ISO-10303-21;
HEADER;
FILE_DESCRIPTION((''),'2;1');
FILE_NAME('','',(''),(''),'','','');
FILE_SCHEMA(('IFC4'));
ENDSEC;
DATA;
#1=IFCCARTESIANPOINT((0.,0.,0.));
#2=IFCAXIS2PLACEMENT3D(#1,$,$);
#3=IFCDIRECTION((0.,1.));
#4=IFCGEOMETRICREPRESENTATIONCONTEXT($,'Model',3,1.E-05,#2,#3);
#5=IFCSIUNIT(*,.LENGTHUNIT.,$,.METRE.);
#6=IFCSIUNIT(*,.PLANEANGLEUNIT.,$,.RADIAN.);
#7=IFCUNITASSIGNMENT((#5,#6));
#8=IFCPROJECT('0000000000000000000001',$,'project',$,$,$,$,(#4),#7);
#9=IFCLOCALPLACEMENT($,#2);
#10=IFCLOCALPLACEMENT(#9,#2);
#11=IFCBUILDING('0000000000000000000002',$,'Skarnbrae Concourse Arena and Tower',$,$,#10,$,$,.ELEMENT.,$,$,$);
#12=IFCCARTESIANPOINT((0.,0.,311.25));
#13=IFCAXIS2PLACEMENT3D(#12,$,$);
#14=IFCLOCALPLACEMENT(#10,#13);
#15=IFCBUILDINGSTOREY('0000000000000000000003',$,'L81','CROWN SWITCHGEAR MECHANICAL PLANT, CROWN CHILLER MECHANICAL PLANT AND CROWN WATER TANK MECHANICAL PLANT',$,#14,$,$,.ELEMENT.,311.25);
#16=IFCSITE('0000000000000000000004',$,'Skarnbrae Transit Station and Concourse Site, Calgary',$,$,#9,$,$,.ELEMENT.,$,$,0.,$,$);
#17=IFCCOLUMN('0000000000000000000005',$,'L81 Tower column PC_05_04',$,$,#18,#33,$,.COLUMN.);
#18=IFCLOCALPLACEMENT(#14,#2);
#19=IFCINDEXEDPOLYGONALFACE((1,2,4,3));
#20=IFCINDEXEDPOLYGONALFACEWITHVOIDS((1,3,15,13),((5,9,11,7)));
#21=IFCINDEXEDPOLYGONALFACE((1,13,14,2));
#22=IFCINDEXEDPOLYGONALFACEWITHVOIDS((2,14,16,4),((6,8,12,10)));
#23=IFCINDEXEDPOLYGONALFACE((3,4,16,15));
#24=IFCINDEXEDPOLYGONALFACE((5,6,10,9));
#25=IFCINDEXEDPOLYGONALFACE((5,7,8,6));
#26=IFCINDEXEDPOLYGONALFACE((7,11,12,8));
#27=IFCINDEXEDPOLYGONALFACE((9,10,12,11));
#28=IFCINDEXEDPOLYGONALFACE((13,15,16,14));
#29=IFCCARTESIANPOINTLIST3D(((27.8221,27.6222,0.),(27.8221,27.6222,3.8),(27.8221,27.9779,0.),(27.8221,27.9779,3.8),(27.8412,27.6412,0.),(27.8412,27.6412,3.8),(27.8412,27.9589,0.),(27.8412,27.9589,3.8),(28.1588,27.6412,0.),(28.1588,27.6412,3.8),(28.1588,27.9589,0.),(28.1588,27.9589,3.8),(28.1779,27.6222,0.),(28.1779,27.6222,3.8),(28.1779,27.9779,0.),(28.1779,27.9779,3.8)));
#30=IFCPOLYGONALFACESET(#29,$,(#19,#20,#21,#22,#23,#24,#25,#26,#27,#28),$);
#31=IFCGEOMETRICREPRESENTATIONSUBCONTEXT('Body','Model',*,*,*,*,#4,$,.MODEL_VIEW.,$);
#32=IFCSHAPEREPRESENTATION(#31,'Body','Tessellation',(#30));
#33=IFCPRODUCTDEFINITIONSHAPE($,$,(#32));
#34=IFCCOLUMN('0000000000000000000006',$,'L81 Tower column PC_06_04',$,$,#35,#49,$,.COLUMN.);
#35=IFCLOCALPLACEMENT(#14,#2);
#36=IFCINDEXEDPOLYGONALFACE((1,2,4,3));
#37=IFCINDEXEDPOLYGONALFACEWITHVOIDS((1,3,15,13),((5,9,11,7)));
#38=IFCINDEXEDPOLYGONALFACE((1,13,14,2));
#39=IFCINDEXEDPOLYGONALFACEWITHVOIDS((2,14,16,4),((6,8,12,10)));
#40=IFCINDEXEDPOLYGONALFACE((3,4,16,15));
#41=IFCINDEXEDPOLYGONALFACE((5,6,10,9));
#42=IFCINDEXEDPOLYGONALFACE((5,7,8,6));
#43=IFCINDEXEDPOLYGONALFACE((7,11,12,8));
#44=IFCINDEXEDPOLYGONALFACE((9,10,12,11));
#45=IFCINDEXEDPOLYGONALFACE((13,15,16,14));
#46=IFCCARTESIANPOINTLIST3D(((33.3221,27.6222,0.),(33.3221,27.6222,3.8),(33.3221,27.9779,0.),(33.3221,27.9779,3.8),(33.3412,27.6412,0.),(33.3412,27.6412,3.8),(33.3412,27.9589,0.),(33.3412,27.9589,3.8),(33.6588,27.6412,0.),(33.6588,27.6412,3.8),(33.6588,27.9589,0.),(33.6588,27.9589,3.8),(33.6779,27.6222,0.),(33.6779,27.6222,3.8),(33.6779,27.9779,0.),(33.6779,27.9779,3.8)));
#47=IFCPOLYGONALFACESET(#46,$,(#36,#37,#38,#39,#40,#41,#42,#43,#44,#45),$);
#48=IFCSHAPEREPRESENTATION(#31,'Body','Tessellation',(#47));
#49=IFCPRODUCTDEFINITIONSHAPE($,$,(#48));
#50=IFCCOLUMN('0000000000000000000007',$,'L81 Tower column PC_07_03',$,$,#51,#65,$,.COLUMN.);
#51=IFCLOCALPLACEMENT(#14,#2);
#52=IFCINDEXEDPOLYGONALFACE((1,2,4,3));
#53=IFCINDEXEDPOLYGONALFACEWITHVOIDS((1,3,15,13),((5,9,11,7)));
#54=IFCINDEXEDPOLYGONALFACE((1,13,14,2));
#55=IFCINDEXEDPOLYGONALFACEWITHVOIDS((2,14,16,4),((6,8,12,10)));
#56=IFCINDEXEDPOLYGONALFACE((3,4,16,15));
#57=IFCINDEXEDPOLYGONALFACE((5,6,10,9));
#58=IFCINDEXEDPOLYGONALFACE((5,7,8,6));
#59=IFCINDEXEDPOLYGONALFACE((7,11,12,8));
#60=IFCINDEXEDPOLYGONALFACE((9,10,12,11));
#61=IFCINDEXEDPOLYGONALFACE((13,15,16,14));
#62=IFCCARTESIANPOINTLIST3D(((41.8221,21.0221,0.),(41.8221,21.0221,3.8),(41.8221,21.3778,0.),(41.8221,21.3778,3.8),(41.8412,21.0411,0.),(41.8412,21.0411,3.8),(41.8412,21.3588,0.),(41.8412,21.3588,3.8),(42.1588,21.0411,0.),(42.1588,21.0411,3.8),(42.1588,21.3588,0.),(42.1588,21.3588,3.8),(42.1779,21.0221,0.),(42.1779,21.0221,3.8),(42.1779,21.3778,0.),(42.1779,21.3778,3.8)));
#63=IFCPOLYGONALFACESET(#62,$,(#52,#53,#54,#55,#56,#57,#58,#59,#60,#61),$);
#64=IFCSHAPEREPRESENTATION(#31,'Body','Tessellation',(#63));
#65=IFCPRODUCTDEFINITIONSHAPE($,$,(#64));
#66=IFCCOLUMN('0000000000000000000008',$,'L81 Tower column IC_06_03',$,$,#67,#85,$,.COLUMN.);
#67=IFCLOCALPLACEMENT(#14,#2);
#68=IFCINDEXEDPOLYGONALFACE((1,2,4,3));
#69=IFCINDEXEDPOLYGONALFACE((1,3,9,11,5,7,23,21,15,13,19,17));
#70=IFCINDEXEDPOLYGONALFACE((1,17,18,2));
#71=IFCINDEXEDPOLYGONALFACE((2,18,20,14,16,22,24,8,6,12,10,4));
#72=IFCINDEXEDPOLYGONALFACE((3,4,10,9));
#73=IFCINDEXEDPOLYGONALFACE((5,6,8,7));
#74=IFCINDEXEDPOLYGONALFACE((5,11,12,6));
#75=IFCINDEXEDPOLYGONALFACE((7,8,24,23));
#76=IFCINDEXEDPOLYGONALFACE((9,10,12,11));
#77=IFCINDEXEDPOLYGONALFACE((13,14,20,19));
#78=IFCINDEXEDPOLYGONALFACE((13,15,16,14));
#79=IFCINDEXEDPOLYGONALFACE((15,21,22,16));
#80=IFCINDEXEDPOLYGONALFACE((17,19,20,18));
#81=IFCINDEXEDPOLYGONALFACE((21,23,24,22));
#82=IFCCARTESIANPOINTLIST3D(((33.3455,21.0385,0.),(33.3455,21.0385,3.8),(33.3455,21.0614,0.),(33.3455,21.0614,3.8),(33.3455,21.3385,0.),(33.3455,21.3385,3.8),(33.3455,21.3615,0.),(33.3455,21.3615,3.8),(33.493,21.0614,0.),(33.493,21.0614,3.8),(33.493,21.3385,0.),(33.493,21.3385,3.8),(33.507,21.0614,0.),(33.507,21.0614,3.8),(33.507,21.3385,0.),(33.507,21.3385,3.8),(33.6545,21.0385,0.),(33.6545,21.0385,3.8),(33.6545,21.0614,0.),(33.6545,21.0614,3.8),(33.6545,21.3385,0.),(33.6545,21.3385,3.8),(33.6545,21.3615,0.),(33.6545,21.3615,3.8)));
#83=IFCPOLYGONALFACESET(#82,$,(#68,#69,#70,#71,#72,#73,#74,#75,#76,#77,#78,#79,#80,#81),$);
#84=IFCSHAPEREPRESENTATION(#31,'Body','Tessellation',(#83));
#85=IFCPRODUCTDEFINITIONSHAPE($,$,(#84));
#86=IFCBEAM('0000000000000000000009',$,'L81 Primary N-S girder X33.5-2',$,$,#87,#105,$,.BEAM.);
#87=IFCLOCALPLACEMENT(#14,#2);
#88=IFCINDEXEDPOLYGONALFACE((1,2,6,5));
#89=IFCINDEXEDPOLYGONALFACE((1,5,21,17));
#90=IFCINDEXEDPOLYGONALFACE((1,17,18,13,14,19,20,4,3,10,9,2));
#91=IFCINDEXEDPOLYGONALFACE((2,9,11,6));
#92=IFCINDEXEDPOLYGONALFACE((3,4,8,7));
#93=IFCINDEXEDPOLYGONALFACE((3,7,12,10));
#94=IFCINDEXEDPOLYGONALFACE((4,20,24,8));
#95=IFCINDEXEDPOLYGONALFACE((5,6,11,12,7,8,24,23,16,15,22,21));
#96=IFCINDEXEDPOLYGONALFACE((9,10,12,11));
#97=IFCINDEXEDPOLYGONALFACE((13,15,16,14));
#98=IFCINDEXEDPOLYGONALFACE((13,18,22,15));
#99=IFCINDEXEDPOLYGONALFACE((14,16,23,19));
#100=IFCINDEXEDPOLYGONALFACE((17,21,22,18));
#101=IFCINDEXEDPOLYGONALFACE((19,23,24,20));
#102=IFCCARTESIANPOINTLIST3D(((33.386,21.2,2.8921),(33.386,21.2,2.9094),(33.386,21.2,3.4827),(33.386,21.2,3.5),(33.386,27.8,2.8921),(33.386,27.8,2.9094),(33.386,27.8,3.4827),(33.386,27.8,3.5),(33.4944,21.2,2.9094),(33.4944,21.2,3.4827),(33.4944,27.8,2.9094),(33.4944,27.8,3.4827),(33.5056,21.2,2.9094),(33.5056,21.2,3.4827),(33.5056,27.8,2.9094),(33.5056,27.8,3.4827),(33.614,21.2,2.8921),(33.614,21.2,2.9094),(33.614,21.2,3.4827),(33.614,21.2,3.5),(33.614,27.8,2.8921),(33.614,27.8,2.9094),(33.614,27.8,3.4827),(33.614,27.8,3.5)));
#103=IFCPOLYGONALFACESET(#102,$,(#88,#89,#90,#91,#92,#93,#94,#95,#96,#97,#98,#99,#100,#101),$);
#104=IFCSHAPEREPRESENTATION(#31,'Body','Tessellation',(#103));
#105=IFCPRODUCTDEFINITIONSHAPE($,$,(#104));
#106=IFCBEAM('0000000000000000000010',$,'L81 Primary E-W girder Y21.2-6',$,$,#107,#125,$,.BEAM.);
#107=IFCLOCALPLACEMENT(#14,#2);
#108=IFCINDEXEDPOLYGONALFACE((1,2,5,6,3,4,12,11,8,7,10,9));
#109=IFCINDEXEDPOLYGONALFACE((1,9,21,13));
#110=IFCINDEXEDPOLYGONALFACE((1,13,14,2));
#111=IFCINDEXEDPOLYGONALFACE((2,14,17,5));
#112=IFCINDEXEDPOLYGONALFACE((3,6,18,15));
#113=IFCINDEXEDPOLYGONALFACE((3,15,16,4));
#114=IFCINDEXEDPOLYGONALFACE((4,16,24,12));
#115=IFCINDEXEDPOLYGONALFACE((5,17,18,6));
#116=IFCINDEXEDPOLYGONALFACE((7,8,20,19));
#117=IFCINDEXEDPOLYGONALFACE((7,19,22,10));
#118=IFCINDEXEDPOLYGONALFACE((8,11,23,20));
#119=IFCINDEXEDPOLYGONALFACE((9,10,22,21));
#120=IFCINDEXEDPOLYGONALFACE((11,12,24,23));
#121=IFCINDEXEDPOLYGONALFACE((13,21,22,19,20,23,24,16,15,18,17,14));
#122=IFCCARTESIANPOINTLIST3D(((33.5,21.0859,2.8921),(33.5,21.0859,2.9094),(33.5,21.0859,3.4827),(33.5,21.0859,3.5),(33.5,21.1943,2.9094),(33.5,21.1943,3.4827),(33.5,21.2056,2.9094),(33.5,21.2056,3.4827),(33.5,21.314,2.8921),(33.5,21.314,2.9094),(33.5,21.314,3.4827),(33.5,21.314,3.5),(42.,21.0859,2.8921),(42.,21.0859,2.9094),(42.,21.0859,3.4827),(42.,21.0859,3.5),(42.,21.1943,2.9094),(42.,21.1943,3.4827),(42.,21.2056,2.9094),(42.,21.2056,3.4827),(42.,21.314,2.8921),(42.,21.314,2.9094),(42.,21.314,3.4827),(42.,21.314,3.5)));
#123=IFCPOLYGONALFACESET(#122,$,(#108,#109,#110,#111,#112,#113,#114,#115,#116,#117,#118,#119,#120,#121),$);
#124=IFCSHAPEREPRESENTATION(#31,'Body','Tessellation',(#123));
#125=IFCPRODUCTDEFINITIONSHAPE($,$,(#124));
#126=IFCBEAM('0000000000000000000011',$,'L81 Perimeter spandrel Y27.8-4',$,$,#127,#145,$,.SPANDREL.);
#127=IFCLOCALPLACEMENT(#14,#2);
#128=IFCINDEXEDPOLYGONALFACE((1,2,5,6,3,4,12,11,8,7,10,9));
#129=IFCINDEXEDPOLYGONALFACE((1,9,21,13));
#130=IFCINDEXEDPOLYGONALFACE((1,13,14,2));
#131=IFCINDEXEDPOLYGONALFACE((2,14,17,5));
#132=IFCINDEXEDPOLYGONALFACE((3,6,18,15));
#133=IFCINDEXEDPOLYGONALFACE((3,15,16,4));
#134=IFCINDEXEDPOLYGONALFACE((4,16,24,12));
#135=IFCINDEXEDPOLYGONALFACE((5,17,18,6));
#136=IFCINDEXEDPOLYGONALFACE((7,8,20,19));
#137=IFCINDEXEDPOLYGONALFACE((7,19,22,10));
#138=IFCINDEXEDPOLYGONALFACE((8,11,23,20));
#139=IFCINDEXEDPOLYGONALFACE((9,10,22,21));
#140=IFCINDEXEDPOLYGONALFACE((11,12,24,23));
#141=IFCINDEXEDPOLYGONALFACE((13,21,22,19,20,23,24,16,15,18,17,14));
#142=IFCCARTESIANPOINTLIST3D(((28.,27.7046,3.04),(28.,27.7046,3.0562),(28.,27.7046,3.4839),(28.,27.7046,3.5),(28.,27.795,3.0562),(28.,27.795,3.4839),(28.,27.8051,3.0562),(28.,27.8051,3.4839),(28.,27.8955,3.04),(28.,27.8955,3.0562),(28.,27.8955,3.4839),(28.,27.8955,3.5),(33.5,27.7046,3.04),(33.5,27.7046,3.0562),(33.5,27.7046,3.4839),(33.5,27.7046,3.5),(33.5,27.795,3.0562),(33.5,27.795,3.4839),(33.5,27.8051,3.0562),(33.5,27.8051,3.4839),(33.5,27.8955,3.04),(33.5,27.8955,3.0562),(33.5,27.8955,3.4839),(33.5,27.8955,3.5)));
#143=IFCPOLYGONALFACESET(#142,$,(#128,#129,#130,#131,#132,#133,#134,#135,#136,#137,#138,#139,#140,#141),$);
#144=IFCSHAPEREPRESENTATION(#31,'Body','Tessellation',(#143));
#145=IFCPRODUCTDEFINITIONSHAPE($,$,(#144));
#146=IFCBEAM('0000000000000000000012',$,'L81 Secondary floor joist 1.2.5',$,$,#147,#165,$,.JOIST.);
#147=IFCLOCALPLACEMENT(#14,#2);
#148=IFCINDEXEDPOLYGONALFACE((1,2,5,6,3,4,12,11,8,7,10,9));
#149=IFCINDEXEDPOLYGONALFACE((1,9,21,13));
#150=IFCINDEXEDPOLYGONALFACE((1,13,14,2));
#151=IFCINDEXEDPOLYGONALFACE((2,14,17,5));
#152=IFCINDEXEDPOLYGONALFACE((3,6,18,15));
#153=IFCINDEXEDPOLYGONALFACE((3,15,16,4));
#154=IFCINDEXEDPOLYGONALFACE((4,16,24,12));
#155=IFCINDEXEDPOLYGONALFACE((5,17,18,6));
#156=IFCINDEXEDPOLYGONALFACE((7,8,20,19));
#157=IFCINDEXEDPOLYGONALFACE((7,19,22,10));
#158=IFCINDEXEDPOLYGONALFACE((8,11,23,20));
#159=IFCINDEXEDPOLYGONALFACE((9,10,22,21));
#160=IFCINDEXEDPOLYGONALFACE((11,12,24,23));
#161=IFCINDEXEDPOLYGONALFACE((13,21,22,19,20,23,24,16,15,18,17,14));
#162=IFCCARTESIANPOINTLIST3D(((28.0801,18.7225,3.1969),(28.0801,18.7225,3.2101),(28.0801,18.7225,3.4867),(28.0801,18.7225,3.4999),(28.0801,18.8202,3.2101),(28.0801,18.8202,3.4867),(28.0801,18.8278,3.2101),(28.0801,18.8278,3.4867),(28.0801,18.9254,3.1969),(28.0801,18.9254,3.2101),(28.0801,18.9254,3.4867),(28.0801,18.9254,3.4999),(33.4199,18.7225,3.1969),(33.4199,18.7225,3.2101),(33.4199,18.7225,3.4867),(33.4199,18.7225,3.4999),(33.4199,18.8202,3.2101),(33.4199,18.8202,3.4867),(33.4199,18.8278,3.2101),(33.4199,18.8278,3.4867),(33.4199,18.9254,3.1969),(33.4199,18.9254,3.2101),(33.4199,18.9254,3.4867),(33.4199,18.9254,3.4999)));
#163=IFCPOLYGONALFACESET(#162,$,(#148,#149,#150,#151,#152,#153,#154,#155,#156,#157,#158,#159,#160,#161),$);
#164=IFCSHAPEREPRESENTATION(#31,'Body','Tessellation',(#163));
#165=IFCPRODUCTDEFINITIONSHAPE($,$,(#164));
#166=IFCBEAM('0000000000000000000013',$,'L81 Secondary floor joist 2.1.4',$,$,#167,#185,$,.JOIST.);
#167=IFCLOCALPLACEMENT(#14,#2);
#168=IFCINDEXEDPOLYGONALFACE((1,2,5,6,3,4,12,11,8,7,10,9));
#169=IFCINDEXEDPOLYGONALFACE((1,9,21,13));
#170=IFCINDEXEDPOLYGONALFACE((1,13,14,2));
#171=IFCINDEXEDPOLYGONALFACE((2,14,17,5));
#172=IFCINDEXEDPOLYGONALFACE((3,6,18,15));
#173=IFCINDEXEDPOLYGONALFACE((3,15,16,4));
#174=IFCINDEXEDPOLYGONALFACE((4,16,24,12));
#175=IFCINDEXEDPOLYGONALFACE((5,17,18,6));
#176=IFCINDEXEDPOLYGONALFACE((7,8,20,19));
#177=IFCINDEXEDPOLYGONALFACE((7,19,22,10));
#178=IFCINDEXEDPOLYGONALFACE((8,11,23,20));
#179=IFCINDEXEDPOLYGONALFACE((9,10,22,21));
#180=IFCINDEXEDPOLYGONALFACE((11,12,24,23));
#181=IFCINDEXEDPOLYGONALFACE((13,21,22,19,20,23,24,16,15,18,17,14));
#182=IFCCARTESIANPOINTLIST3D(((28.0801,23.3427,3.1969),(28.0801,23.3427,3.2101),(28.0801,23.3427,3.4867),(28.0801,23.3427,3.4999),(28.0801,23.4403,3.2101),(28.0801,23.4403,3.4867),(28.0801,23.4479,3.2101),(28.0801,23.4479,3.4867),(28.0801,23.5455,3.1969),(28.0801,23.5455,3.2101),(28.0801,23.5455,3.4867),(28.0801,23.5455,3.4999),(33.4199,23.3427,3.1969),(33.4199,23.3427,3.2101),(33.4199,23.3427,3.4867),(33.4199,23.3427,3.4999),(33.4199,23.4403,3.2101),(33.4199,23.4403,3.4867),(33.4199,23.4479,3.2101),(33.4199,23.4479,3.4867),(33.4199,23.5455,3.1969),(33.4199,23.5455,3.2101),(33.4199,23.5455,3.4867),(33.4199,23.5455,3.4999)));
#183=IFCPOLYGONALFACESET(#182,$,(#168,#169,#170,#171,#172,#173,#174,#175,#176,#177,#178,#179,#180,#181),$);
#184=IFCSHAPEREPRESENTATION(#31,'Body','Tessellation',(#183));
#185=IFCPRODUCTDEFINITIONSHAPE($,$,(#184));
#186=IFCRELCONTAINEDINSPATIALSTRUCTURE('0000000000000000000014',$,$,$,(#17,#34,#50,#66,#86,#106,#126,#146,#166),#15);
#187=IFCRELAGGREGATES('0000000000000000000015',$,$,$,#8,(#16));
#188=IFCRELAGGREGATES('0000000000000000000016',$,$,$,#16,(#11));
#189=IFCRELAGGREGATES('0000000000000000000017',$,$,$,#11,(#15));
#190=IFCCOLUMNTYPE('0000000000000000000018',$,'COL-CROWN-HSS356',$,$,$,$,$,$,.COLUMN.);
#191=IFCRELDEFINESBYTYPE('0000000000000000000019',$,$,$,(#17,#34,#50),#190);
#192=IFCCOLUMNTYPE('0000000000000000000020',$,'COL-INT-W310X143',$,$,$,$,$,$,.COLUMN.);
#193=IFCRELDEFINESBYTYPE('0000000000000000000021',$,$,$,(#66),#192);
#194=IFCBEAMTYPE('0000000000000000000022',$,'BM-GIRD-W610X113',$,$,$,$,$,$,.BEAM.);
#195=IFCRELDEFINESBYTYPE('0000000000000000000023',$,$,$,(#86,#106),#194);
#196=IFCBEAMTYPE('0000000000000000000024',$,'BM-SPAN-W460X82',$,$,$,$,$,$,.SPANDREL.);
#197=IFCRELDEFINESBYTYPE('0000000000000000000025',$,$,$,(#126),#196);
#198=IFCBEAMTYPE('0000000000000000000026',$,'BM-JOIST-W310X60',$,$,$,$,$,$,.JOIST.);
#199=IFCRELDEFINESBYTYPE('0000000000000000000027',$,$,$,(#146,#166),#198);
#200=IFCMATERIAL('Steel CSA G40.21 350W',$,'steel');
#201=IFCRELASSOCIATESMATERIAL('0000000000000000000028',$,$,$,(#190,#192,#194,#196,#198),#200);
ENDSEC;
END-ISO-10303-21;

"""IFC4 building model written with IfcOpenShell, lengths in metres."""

from ifc_helpers import new_model, si_unit, direction, frame, origin, origin_2d, place, context, subcontext, project, spatial, hollow_rectangle, i_section, extrude, source, transform, mapped, material, material_profile, profile_set, type_object, element, save


model = new_model("IFC4")

# Units and contexts
model_context = context("Model", 3, precision=1e-05, world=origin(), true_north=direction((0.0, 1.0)))
body_context = subcontext(model_context, "Body", "Model", "MODEL_VIEW")
ifc_project = project(units=[si_unit("LENGTHUNIT", "METRE"), si_unit("PLANEANGLEUNIT", "RADIAN")], contexts=[model_context])

# Site, building, storey
site_placement = place(None, origin())
site = spatial("IfcSite", under=ifc_project, at=site_placement, Name="Skarnbrae Transit Station and Concourse Site, Calgary", CompositionType="ELEMENT", RefElevation=0.0)
building_placement = place(site_placement, origin())
building = spatial("IfcBuilding", under=site, at=building_placement, Name="Skarnbrae Concourse Arena and Tower", CompositionType="ELEMENT")
storey_placement = place(building_placement, frame((0.0, 0.0, 311.25)))
storey = spatial("IfcBuildingStorey", under=building, at=storey_placement, Name="L81", Description="CROWN SWITCHGEAR MECHANICAL PLANT, CROWN CHILLER MECHANICAL PLANT AND CROWN WATER TANK MECHANICAL PLANT", CompositionType="ELEMENT", Elevation=311.25)

# Columns
ifc_material_1 = material(Name="Steel CSA G40.21 350W", Category="steel")
ifc_material_profile_1 = material_profile(ifc_material_1, hollow_rectangle(XDim=0.3557, YDim=0.3557, WallThickness=0.019, at=origin_2d()), Name="HSS356X356X19.0")
ifc_profile_set_1 = profile_set([ifc_material_profile_1], Name="Steel CSA G40.21 350W")
column_type_1 = type_object("IfcColumnType", Name="COL-CROWN-HSS356", PredefinedType="COLUMN", material=ifc_profile_set_1)
shared_shape_1 = source(origin(), body_context, "Body", "SweptSolid", [
    extrude(hollow_rectangle(XDim=0.3557, YDim=0.3557, WallThickness=0.019, at=origin_2d()), origin(), (0.0, 0.0, 1.0), 3.8),
])
for number, where, z_axis, x_axis, name in (
    (1, (28.0, 27.8, 0.0), (0.0, 0.0, 1.0), (1.0, 0.0, 0.0), "L81 Tower column PC_05_04"),
    (2, (33.5, 27.8, 0.0), (0.0, 0.0, 1.0), (1.0, 0.0, 0.0), "L81 Tower column PC_06_04"),
    (3, (42.0, 21.2, 0.0), (0.0, 0.0, 1.0), (1.0, 0.0, 0.0), "L81 Tower column PC_07_03"),
):
    element("IfcColumn", number, at=place(storey_placement, frame(where, z_axis=z_axis, x_axis=x_axis)), inside=storey, type_object=column_type_1, Name=name, PredefinedType="COLUMN", context=body_context, shape_type="MappedRepresentation", body=[
        mapped(shared_shape_1, transform((0.0, 0.0, 0.0))),
    ])
ifc_material_profile_2 = material_profile(ifc_material_1, i_section(OverallWidth=0.3091, OverallDepth=0.323, WebThickness=0.0139, FlangeThickness=0.0229, at=origin_2d()), Name="W310X143")
ifc_profile_set_2 = profile_set([ifc_material_profile_2], Name="Steel CSA G40.21 350W")
column_type_2 = type_object("IfcColumnType", Name="COL-INT-W310X143", PredefinedType="COLUMN", material=ifc_profile_set_2)
shared_shape_2 = source(origin(), body_context, "Body", "SweptSolid", [
    extrude(i_section(OverallWidth=0.3091, OverallDepth=0.323, WebThickness=0.0139, FlangeThickness=0.0229, at=origin_2d()), origin(), (0.0, 0.0, 1.0), 3.8),
])
column_placement = place(storey_placement, frame((33.5, 21.2, 0.0), z_axis=(0.0, 0.0, 1.0), x_axis=(1.0, 0.0, 0.0)))
element("IfcColumn", 4, at=column_placement, inside=storey, type_object=column_type_2, Name="L81 Tower column IC_06_03", PredefinedType="COLUMN", context=body_context, shape_type="MappedRepresentation", body=[
    mapped(shared_shape_2, transform((0.0, 0.0, 0.0))),
])

# Beams
ifc_material_profile_3 = material_profile(ifc_material_1, i_section(OverallWidth=0.228, OverallDepth=0.6079, WebThickness=0.0112, FlangeThickness=0.0173, at=origin_2d()), Name="W610X113")
ifc_profile_set_3 = profile_set([ifc_material_profile_3], Name="Steel CSA G40.21 350W")
beam_type_1 = type_object("IfcBeamType", Name="BM-GIRD-W610X113", PredefinedType="BEAM", material=ifc_profile_set_3)
shared_shape_3 = source(origin(), body_context, "Body", "SweptSolid", [
    extrude(i_section(OverallWidth=0.228, OverallDepth=0.6079, WebThickness=0.0112, FlangeThickness=0.0173, at=origin_2d()), origin(), (0.0, 0.0, 1.0), 6.6001),
])
beam_1_placement = place(storey_placement, frame((33.5, 21.2, 3.196), z_axis=(0.0, 1.0, 0.0), x_axis=(-1.0, 0.0, 0.0)))
element("IfcBeam", 5, at=beam_1_placement, inside=storey, type_object=beam_type_1, Name="L81 Primary N-S girder X33.5-2", PredefinedType="BEAM", context=body_context, shape_type="MappedRepresentation", body=[
    mapped(shared_shape_3, transform((0.0, 0.0, 0.0))),
])
shared_shape_4 = source(origin(), body_context, "Body", "SweptSolid", [
    extrude(i_section(OverallWidth=0.228, OverallDepth=0.6079, WebThickness=0.0112, FlangeThickness=0.0173, at=origin_2d()), origin(), (0.0, 0.0, 1.0), 8.5),
])
beam_2_placement = place(storey_placement, frame((33.5, 21.2, 3.196), z_axis=(1.0, 0.0, 0.0), x_axis=(0.0, 1.0, 0.0)))
element("IfcBeam", 6, at=beam_2_placement, inside=storey, type_object=beam_type_1, Name="L81 Primary E-W girder Y21.2-6", PredefinedType="BEAM", context=body_context, shape_type="MappedRepresentation", body=[
    mapped(shared_shape_4, transform((0.0, 0.0, 0.0))),
])
ifc_material_profile_4 = material_profile(ifc_material_1, i_section(OverallWidth=0.1909, OverallDepth=0.46, WebThickness=0.01, FlangeThickness=0.0161, at=origin_2d()), Name="W460X82")
ifc_profile_set_4 = profile_set([ifc_material_profile_4], Name="Steel CSA G40.21 350W")
beam_type_2 = type_object("IfcBeamType", Name="BM-SPAN-W460X82", PredefinedType="SPANDREL", material=ifc_profile_set_4)
shared_shape_5 = source(origin(), body_context, "Body", "SweptSolid", [
    extrude(i_section(OverallWidth=0.1909, OverallDepth=0.46, WebThickness=0.01, FlangeThickness=0.0161, at=origin_2d()), origin(), (0.0, 0.0, 1.0), 5.5),
])
beam_3_placement = place(storey_placement, frame((28.0, 27.8, 3.27), z_axis=(1.0, 0.0, 0.0), x_axis=(0.0, 1.0, 0.0)))
element("IfcBeam", 7, at=beam_3_placement, inside=storey, type_object=beam_type_2, Name="L81 Perimeter spandrel Y27.8-4", PredefinedType="SPANDREL", context=body_context, shape_type="MappedRepresentation", body=[
    mapped(shared_shape_5, transform((0.0, 0.0, 0.0))),
])
ifc_material_profile_5 = material_profile(ifc_material_1, i_section(OverallWidth=0.2029, OverallDepth=0.303, WebThickness=0.0076, FlangeThickness=0.0132, at=origin_2d()), Name="W310X60")
ifc_profile_set_5 = profile_set([ifc_material_profile_5], Name="Steel CSA G40.21 350W")
beam_type_3 = type_object("IfcBeamType", Name="BM-JOIST-W310X60", PredefinedType="JOIST", material=ifc_profile_set_5)
shared_shape_6 = source(origin(), body_context, "Body", "SweptSolid", [
    extrude(i_section(OverallWidth=0.2029, OverallDepth=0.303, WebThickness=0.0076, FlangeThickness=0.0132, at=origin_2d()), origin(), (0.0, 0.0, 1.0), 5.3398),
])
for number, where, z_axis, x_axis, name in (
    (8, (28.0801, 18.824, 3.3484), (1.0, 0.0, 0.0), (0.0, 1.0, 0.0), "L81 Secondary floor joist 1.2.5"),
    (9, (28.0801, 23.4441, 3.3484), (1.0, 0.0, 0.0), (0.0, 1.0, 0.0), "L81 Secondary floor joist 2.1.4"),
):
    element("IfcBeam", number, at=place(storey_placement, frame(where, z_axis=z_axis, x_axis=x_axis)), inside=storey, type_object=beam_type_3, Name=name, PredefinedType="JOIST", context=body_context, shape_type="MappedRepresentation", body=[
        mapped(shared_shape_6, transform((0.0, 0.0, 0.0))),
    ])

save(model, "model.ifc")
